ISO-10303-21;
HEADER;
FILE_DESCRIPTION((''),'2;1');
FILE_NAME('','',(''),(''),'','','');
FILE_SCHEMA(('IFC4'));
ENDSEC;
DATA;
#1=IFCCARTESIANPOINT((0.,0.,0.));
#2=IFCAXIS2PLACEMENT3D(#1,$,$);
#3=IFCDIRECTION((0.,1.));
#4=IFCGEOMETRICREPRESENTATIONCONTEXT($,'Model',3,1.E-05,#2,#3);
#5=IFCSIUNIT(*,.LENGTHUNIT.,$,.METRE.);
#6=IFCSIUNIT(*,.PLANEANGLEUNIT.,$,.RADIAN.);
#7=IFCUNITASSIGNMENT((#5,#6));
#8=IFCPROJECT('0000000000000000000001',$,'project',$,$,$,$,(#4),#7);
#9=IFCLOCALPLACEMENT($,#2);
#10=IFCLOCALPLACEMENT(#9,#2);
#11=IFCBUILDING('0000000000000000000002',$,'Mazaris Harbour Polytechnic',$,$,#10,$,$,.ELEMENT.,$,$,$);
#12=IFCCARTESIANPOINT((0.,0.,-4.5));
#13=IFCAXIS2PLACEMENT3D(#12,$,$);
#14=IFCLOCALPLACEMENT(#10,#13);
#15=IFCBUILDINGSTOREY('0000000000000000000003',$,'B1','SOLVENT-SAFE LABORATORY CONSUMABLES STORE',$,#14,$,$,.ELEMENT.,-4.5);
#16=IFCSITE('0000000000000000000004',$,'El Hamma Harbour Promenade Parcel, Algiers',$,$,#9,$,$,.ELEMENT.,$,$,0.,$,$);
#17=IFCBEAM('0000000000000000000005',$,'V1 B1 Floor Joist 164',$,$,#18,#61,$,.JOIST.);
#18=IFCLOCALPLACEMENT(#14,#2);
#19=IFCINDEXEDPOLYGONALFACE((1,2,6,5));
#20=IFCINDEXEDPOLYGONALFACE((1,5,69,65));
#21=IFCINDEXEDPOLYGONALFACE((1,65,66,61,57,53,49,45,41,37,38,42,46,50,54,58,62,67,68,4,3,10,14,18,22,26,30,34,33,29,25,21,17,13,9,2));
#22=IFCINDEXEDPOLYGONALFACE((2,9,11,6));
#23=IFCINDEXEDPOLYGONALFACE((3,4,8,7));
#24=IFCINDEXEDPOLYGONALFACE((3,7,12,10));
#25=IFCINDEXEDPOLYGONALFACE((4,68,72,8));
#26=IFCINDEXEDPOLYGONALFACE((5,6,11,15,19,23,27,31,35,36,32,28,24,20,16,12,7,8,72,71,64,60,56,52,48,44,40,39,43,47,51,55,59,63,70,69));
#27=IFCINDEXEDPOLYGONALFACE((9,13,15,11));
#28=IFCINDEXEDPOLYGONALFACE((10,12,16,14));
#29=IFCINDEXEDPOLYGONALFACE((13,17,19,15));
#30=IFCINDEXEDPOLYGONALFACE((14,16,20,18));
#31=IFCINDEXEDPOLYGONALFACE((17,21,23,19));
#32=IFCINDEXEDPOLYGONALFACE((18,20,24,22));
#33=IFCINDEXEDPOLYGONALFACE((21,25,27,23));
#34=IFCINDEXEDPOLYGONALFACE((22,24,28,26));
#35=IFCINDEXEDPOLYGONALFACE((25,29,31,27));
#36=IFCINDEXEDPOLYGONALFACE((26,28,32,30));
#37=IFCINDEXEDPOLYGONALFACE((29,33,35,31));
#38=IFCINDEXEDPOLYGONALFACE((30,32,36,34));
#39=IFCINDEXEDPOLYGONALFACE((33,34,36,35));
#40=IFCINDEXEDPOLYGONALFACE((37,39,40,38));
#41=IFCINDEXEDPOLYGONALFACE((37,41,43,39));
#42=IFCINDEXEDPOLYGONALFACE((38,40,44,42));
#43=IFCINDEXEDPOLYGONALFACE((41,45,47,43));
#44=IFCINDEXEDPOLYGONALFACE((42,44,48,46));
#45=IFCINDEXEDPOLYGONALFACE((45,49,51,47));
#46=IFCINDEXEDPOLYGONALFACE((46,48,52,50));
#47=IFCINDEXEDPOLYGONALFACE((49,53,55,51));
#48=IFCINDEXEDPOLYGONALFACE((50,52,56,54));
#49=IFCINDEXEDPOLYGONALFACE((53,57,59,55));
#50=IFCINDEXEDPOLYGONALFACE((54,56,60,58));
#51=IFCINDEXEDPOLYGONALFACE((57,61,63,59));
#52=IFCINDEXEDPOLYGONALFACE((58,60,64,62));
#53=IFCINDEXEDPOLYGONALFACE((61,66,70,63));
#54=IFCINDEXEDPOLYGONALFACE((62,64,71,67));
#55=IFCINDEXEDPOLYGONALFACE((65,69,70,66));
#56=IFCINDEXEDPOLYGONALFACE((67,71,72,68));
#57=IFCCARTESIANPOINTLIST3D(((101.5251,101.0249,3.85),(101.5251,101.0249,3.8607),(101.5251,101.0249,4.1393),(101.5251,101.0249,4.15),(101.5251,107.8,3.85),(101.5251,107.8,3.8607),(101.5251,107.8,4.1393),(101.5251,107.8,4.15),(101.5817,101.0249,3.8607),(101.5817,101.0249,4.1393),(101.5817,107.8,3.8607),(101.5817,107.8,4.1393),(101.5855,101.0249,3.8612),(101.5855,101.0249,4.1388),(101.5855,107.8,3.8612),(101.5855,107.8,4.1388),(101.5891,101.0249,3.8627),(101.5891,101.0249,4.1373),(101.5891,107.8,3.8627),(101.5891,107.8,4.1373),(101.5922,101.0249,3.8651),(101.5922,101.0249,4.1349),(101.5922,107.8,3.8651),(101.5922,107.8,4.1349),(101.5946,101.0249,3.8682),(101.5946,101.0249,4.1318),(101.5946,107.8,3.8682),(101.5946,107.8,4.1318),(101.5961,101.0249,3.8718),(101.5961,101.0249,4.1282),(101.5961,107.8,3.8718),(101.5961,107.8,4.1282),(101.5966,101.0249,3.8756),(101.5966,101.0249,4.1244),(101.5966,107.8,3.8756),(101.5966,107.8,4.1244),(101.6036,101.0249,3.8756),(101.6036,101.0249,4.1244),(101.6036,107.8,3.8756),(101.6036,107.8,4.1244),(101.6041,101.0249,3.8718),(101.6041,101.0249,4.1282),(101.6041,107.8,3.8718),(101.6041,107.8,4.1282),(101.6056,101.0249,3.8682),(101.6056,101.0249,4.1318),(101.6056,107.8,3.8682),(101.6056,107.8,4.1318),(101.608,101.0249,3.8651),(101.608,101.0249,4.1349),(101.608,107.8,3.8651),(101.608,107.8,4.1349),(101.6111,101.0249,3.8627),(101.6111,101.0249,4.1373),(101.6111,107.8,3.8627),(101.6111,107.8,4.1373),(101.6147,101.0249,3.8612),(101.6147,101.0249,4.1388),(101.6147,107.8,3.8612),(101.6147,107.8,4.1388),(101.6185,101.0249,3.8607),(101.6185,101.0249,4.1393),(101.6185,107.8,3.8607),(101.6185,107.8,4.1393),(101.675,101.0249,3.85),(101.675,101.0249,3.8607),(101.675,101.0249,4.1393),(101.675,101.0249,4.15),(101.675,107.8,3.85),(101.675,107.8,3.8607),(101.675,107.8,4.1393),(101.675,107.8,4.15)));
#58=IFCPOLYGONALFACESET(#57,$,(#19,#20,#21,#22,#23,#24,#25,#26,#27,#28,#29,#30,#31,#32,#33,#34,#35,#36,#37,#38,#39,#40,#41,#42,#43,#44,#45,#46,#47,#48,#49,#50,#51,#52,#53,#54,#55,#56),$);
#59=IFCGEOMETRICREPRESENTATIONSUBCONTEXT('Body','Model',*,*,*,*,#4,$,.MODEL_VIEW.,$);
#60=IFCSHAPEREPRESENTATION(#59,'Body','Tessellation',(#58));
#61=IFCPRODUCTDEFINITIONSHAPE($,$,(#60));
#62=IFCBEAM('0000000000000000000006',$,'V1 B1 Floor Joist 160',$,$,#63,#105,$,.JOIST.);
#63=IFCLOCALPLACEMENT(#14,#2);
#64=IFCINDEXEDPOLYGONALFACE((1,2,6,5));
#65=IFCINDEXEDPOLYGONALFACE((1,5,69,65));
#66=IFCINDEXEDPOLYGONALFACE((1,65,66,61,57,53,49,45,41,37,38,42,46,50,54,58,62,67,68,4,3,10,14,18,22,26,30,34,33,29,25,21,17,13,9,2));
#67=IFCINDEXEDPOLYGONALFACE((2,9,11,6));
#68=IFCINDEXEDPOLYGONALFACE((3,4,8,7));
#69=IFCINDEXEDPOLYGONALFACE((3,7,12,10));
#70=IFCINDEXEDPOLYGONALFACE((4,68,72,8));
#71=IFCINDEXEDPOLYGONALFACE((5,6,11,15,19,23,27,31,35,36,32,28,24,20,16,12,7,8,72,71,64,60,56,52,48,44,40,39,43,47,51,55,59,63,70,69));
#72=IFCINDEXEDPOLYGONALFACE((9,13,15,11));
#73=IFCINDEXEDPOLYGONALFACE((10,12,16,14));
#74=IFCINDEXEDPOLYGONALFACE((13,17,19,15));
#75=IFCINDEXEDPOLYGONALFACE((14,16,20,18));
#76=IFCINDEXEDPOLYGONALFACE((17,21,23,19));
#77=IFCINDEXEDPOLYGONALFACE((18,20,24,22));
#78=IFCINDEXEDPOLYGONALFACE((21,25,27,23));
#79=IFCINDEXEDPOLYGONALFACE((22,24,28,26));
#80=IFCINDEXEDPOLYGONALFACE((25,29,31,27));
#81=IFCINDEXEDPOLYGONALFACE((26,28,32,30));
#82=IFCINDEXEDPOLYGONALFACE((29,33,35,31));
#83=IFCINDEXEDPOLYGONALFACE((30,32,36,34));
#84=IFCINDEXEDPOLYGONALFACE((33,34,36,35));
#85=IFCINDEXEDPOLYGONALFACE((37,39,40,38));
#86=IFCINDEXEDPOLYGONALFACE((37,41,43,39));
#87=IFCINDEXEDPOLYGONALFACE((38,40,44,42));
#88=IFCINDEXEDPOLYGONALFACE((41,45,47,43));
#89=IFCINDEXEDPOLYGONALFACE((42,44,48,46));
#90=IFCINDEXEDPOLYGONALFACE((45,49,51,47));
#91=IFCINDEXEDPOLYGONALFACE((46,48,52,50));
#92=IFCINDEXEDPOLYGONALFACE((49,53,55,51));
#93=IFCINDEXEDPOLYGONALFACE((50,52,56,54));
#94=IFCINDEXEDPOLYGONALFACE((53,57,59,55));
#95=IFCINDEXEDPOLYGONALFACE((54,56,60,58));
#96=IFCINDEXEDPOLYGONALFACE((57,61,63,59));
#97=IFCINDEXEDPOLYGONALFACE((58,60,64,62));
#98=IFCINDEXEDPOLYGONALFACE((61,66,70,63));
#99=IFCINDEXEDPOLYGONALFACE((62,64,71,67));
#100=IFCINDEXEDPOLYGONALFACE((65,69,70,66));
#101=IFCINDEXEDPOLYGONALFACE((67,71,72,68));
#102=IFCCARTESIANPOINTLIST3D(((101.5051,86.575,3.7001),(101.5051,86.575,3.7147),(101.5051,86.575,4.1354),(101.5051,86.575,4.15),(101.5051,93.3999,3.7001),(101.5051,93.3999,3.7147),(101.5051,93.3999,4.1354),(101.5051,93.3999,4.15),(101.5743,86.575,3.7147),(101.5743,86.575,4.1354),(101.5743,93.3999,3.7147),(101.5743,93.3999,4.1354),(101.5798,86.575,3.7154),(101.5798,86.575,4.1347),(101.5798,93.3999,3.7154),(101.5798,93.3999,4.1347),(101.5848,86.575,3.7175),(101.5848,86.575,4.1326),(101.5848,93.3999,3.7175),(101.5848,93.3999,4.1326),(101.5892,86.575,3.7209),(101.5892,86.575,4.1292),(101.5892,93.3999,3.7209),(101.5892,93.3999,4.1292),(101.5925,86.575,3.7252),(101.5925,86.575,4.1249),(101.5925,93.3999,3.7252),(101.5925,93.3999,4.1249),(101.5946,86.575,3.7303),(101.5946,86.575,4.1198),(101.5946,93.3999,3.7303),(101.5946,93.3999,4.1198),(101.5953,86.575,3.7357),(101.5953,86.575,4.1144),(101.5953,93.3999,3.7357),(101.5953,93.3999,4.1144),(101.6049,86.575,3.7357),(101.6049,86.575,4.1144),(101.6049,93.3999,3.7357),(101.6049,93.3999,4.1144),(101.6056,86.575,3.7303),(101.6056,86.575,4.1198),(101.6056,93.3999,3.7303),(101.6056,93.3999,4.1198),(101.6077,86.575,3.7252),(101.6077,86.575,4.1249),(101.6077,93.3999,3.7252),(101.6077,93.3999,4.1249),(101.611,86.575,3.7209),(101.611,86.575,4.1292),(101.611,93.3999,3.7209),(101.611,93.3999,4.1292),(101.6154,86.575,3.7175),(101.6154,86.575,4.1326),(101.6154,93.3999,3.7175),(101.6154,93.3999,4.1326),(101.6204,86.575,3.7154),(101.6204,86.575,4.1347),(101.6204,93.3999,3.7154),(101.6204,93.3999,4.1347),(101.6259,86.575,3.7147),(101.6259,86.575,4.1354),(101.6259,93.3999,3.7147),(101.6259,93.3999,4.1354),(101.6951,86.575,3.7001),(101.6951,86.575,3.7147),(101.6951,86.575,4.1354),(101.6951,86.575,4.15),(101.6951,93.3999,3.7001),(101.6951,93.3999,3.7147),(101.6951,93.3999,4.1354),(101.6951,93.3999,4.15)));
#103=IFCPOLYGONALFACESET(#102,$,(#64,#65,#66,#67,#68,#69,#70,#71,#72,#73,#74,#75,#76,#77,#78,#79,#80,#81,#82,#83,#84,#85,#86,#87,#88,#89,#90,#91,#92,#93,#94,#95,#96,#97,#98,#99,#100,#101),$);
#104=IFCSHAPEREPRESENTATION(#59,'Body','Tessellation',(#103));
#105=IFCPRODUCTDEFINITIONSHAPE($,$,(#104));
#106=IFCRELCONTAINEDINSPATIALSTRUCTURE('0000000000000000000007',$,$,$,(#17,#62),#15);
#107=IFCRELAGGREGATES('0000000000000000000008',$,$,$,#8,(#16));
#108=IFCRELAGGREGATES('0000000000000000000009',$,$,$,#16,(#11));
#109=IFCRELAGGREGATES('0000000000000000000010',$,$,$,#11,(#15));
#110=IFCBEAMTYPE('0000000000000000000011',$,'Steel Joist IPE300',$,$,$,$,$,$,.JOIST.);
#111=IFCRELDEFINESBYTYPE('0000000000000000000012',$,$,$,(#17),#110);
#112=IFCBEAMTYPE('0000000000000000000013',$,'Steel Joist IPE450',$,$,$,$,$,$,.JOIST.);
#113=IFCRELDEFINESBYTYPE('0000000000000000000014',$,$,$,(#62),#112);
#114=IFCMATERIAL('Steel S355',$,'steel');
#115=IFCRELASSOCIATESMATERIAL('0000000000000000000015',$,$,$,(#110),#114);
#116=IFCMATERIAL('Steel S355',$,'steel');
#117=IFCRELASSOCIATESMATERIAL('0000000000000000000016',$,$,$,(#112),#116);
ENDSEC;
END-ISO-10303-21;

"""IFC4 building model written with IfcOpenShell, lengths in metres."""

from ifc_helpers import new_model, si_unit, direction, frame, origin, origin_2d, place, context, subcontext, project, spatial, i_section, extrude, material, material_profile, profile_set, type_object, element, save


model = new_model("IFC4")

# Units and contexts
model_context = context("Model", 3, precision=1e-05, world=origin(), true_north=direction((0.0, 1.0)))
body_context = subcontext(model_context, "Body", "Model", "MODEL_VIEW")
ifc_project = project(units=[si_unit("LENGTHUNIT", "METRE"), si_unit("PLANEANGLEUNIT", "RADIAN")], contexts=[model_context])

# Site, building, storey
site_placement = place(None, origin())
site = spatial("IfcSite", under=ifc_project, at=site_placement, Name="El Hamma Harbour Promenade Parcel, Algiers", CompositionType="ELEMENT", RefElevation=0.0)
building_placement = place(site_placement, origin())
building = spatial("IfcBuilding", under=site, at=building_placement, Name="Mazaris Harbour Polytechnic", CompositionType="ELEMENT")
storey_placement = place(building_placement, frame((0.0, 0.0, -4.5)))
storey = spatial("IfcBuildingStorey", under=building, at=storey_placement, Name="B1", Description="SOLVENT-SAFE LABORATORY CONSUMABLES STORE", CompositionType="ELEMENT", Elevation=-4.5)

# Beams
ifc_material_1 = material(Name="Steel S355", Category="steel")
ifc_material_profile_1 = material_profile(ifc_material_1, i_section(OverallWidth=0.1499, OverallDepth=0.3, WebThickness=0.0071, FlangeThickness=0.0107, FilletRadius=0.0149, at=origin_2d()), Name="IPE 300")
ifc_profile_set_1 = profile_set([ifc_material_profile_1], Name="Steel S355")
beam_type_1 = type_object("IfcBeamType", Name="Steel Joist IPE300", PredefinedType="JOIST", material=ifc_profile_set_1)
beam_1_placement = place(storey_placement, frame((101.6001, 101.0249, 4.0), z_axis=(0.0, 1.0, 0.0), x_axis=(-1.0, 0.0, 0.0)))
element("IfcBeam", 1, at=beam_1_placement, inside=storey, type_object=beam_type_1, Name="V1 B1 Floor Joist 164", PredefinedType="JOIST", context=body_context, shape_type="SweptSolid", body=[
    extrude(i_section(OverallWidth=0.1499, OverallDepth=0.3, WebThickness=0.0071, FlangeThickness=0.0107, FilletRadius=0.0149, at=origin_2d()), origin(), (0.0, 0.0, 1.0), 6.7751),
])
ifc_material_2 = material(Name="Steel S355", Category="steel")
ifc_material_profile_2 = material_profile(ifc_material_2, i_section(OverallWidth=0.1899, OverallDepth=0.45, WebThickness=0.0095, FlangeThickness=0.0146, FilletRadius=0.021, at=origin_2d()), Name="IPE 450")
ifc_profile_set_2 = profile_set([ifc_material_profile_2], Name="Steel S355")
beam_type_2 = type_object("IfcBeamType", Name="Steel Joist IPE450", PredefinedType="JOIST", material=ifc_profile_set_2)
beam_2_placement = place(storey_placement, frame((101.6001, 86.575, 3.925), z_axis=(0.0, 1.0, 0.0), x_axis=(-1.0, 0.0, 0.0)))
element("IfcBeam", 2, at=beam_2_placement, inside=storey, type_object=beam_type_2, Name="V1 B1 Floor Joist 160", PredefinedType="JOIST", context=body_context, shape_type="SweptSolid", body=[
    extrude(i_section(OverallWidth=0.1899, OverallDepth=0.45, WebThickness=0.0095, FlangeThickness=0.0146, FilletRadius=0.021, at=origin_2d()), origin(), (0.0, 0.0, 1.0), 6.825),
])

save(model, "model.ifc")
